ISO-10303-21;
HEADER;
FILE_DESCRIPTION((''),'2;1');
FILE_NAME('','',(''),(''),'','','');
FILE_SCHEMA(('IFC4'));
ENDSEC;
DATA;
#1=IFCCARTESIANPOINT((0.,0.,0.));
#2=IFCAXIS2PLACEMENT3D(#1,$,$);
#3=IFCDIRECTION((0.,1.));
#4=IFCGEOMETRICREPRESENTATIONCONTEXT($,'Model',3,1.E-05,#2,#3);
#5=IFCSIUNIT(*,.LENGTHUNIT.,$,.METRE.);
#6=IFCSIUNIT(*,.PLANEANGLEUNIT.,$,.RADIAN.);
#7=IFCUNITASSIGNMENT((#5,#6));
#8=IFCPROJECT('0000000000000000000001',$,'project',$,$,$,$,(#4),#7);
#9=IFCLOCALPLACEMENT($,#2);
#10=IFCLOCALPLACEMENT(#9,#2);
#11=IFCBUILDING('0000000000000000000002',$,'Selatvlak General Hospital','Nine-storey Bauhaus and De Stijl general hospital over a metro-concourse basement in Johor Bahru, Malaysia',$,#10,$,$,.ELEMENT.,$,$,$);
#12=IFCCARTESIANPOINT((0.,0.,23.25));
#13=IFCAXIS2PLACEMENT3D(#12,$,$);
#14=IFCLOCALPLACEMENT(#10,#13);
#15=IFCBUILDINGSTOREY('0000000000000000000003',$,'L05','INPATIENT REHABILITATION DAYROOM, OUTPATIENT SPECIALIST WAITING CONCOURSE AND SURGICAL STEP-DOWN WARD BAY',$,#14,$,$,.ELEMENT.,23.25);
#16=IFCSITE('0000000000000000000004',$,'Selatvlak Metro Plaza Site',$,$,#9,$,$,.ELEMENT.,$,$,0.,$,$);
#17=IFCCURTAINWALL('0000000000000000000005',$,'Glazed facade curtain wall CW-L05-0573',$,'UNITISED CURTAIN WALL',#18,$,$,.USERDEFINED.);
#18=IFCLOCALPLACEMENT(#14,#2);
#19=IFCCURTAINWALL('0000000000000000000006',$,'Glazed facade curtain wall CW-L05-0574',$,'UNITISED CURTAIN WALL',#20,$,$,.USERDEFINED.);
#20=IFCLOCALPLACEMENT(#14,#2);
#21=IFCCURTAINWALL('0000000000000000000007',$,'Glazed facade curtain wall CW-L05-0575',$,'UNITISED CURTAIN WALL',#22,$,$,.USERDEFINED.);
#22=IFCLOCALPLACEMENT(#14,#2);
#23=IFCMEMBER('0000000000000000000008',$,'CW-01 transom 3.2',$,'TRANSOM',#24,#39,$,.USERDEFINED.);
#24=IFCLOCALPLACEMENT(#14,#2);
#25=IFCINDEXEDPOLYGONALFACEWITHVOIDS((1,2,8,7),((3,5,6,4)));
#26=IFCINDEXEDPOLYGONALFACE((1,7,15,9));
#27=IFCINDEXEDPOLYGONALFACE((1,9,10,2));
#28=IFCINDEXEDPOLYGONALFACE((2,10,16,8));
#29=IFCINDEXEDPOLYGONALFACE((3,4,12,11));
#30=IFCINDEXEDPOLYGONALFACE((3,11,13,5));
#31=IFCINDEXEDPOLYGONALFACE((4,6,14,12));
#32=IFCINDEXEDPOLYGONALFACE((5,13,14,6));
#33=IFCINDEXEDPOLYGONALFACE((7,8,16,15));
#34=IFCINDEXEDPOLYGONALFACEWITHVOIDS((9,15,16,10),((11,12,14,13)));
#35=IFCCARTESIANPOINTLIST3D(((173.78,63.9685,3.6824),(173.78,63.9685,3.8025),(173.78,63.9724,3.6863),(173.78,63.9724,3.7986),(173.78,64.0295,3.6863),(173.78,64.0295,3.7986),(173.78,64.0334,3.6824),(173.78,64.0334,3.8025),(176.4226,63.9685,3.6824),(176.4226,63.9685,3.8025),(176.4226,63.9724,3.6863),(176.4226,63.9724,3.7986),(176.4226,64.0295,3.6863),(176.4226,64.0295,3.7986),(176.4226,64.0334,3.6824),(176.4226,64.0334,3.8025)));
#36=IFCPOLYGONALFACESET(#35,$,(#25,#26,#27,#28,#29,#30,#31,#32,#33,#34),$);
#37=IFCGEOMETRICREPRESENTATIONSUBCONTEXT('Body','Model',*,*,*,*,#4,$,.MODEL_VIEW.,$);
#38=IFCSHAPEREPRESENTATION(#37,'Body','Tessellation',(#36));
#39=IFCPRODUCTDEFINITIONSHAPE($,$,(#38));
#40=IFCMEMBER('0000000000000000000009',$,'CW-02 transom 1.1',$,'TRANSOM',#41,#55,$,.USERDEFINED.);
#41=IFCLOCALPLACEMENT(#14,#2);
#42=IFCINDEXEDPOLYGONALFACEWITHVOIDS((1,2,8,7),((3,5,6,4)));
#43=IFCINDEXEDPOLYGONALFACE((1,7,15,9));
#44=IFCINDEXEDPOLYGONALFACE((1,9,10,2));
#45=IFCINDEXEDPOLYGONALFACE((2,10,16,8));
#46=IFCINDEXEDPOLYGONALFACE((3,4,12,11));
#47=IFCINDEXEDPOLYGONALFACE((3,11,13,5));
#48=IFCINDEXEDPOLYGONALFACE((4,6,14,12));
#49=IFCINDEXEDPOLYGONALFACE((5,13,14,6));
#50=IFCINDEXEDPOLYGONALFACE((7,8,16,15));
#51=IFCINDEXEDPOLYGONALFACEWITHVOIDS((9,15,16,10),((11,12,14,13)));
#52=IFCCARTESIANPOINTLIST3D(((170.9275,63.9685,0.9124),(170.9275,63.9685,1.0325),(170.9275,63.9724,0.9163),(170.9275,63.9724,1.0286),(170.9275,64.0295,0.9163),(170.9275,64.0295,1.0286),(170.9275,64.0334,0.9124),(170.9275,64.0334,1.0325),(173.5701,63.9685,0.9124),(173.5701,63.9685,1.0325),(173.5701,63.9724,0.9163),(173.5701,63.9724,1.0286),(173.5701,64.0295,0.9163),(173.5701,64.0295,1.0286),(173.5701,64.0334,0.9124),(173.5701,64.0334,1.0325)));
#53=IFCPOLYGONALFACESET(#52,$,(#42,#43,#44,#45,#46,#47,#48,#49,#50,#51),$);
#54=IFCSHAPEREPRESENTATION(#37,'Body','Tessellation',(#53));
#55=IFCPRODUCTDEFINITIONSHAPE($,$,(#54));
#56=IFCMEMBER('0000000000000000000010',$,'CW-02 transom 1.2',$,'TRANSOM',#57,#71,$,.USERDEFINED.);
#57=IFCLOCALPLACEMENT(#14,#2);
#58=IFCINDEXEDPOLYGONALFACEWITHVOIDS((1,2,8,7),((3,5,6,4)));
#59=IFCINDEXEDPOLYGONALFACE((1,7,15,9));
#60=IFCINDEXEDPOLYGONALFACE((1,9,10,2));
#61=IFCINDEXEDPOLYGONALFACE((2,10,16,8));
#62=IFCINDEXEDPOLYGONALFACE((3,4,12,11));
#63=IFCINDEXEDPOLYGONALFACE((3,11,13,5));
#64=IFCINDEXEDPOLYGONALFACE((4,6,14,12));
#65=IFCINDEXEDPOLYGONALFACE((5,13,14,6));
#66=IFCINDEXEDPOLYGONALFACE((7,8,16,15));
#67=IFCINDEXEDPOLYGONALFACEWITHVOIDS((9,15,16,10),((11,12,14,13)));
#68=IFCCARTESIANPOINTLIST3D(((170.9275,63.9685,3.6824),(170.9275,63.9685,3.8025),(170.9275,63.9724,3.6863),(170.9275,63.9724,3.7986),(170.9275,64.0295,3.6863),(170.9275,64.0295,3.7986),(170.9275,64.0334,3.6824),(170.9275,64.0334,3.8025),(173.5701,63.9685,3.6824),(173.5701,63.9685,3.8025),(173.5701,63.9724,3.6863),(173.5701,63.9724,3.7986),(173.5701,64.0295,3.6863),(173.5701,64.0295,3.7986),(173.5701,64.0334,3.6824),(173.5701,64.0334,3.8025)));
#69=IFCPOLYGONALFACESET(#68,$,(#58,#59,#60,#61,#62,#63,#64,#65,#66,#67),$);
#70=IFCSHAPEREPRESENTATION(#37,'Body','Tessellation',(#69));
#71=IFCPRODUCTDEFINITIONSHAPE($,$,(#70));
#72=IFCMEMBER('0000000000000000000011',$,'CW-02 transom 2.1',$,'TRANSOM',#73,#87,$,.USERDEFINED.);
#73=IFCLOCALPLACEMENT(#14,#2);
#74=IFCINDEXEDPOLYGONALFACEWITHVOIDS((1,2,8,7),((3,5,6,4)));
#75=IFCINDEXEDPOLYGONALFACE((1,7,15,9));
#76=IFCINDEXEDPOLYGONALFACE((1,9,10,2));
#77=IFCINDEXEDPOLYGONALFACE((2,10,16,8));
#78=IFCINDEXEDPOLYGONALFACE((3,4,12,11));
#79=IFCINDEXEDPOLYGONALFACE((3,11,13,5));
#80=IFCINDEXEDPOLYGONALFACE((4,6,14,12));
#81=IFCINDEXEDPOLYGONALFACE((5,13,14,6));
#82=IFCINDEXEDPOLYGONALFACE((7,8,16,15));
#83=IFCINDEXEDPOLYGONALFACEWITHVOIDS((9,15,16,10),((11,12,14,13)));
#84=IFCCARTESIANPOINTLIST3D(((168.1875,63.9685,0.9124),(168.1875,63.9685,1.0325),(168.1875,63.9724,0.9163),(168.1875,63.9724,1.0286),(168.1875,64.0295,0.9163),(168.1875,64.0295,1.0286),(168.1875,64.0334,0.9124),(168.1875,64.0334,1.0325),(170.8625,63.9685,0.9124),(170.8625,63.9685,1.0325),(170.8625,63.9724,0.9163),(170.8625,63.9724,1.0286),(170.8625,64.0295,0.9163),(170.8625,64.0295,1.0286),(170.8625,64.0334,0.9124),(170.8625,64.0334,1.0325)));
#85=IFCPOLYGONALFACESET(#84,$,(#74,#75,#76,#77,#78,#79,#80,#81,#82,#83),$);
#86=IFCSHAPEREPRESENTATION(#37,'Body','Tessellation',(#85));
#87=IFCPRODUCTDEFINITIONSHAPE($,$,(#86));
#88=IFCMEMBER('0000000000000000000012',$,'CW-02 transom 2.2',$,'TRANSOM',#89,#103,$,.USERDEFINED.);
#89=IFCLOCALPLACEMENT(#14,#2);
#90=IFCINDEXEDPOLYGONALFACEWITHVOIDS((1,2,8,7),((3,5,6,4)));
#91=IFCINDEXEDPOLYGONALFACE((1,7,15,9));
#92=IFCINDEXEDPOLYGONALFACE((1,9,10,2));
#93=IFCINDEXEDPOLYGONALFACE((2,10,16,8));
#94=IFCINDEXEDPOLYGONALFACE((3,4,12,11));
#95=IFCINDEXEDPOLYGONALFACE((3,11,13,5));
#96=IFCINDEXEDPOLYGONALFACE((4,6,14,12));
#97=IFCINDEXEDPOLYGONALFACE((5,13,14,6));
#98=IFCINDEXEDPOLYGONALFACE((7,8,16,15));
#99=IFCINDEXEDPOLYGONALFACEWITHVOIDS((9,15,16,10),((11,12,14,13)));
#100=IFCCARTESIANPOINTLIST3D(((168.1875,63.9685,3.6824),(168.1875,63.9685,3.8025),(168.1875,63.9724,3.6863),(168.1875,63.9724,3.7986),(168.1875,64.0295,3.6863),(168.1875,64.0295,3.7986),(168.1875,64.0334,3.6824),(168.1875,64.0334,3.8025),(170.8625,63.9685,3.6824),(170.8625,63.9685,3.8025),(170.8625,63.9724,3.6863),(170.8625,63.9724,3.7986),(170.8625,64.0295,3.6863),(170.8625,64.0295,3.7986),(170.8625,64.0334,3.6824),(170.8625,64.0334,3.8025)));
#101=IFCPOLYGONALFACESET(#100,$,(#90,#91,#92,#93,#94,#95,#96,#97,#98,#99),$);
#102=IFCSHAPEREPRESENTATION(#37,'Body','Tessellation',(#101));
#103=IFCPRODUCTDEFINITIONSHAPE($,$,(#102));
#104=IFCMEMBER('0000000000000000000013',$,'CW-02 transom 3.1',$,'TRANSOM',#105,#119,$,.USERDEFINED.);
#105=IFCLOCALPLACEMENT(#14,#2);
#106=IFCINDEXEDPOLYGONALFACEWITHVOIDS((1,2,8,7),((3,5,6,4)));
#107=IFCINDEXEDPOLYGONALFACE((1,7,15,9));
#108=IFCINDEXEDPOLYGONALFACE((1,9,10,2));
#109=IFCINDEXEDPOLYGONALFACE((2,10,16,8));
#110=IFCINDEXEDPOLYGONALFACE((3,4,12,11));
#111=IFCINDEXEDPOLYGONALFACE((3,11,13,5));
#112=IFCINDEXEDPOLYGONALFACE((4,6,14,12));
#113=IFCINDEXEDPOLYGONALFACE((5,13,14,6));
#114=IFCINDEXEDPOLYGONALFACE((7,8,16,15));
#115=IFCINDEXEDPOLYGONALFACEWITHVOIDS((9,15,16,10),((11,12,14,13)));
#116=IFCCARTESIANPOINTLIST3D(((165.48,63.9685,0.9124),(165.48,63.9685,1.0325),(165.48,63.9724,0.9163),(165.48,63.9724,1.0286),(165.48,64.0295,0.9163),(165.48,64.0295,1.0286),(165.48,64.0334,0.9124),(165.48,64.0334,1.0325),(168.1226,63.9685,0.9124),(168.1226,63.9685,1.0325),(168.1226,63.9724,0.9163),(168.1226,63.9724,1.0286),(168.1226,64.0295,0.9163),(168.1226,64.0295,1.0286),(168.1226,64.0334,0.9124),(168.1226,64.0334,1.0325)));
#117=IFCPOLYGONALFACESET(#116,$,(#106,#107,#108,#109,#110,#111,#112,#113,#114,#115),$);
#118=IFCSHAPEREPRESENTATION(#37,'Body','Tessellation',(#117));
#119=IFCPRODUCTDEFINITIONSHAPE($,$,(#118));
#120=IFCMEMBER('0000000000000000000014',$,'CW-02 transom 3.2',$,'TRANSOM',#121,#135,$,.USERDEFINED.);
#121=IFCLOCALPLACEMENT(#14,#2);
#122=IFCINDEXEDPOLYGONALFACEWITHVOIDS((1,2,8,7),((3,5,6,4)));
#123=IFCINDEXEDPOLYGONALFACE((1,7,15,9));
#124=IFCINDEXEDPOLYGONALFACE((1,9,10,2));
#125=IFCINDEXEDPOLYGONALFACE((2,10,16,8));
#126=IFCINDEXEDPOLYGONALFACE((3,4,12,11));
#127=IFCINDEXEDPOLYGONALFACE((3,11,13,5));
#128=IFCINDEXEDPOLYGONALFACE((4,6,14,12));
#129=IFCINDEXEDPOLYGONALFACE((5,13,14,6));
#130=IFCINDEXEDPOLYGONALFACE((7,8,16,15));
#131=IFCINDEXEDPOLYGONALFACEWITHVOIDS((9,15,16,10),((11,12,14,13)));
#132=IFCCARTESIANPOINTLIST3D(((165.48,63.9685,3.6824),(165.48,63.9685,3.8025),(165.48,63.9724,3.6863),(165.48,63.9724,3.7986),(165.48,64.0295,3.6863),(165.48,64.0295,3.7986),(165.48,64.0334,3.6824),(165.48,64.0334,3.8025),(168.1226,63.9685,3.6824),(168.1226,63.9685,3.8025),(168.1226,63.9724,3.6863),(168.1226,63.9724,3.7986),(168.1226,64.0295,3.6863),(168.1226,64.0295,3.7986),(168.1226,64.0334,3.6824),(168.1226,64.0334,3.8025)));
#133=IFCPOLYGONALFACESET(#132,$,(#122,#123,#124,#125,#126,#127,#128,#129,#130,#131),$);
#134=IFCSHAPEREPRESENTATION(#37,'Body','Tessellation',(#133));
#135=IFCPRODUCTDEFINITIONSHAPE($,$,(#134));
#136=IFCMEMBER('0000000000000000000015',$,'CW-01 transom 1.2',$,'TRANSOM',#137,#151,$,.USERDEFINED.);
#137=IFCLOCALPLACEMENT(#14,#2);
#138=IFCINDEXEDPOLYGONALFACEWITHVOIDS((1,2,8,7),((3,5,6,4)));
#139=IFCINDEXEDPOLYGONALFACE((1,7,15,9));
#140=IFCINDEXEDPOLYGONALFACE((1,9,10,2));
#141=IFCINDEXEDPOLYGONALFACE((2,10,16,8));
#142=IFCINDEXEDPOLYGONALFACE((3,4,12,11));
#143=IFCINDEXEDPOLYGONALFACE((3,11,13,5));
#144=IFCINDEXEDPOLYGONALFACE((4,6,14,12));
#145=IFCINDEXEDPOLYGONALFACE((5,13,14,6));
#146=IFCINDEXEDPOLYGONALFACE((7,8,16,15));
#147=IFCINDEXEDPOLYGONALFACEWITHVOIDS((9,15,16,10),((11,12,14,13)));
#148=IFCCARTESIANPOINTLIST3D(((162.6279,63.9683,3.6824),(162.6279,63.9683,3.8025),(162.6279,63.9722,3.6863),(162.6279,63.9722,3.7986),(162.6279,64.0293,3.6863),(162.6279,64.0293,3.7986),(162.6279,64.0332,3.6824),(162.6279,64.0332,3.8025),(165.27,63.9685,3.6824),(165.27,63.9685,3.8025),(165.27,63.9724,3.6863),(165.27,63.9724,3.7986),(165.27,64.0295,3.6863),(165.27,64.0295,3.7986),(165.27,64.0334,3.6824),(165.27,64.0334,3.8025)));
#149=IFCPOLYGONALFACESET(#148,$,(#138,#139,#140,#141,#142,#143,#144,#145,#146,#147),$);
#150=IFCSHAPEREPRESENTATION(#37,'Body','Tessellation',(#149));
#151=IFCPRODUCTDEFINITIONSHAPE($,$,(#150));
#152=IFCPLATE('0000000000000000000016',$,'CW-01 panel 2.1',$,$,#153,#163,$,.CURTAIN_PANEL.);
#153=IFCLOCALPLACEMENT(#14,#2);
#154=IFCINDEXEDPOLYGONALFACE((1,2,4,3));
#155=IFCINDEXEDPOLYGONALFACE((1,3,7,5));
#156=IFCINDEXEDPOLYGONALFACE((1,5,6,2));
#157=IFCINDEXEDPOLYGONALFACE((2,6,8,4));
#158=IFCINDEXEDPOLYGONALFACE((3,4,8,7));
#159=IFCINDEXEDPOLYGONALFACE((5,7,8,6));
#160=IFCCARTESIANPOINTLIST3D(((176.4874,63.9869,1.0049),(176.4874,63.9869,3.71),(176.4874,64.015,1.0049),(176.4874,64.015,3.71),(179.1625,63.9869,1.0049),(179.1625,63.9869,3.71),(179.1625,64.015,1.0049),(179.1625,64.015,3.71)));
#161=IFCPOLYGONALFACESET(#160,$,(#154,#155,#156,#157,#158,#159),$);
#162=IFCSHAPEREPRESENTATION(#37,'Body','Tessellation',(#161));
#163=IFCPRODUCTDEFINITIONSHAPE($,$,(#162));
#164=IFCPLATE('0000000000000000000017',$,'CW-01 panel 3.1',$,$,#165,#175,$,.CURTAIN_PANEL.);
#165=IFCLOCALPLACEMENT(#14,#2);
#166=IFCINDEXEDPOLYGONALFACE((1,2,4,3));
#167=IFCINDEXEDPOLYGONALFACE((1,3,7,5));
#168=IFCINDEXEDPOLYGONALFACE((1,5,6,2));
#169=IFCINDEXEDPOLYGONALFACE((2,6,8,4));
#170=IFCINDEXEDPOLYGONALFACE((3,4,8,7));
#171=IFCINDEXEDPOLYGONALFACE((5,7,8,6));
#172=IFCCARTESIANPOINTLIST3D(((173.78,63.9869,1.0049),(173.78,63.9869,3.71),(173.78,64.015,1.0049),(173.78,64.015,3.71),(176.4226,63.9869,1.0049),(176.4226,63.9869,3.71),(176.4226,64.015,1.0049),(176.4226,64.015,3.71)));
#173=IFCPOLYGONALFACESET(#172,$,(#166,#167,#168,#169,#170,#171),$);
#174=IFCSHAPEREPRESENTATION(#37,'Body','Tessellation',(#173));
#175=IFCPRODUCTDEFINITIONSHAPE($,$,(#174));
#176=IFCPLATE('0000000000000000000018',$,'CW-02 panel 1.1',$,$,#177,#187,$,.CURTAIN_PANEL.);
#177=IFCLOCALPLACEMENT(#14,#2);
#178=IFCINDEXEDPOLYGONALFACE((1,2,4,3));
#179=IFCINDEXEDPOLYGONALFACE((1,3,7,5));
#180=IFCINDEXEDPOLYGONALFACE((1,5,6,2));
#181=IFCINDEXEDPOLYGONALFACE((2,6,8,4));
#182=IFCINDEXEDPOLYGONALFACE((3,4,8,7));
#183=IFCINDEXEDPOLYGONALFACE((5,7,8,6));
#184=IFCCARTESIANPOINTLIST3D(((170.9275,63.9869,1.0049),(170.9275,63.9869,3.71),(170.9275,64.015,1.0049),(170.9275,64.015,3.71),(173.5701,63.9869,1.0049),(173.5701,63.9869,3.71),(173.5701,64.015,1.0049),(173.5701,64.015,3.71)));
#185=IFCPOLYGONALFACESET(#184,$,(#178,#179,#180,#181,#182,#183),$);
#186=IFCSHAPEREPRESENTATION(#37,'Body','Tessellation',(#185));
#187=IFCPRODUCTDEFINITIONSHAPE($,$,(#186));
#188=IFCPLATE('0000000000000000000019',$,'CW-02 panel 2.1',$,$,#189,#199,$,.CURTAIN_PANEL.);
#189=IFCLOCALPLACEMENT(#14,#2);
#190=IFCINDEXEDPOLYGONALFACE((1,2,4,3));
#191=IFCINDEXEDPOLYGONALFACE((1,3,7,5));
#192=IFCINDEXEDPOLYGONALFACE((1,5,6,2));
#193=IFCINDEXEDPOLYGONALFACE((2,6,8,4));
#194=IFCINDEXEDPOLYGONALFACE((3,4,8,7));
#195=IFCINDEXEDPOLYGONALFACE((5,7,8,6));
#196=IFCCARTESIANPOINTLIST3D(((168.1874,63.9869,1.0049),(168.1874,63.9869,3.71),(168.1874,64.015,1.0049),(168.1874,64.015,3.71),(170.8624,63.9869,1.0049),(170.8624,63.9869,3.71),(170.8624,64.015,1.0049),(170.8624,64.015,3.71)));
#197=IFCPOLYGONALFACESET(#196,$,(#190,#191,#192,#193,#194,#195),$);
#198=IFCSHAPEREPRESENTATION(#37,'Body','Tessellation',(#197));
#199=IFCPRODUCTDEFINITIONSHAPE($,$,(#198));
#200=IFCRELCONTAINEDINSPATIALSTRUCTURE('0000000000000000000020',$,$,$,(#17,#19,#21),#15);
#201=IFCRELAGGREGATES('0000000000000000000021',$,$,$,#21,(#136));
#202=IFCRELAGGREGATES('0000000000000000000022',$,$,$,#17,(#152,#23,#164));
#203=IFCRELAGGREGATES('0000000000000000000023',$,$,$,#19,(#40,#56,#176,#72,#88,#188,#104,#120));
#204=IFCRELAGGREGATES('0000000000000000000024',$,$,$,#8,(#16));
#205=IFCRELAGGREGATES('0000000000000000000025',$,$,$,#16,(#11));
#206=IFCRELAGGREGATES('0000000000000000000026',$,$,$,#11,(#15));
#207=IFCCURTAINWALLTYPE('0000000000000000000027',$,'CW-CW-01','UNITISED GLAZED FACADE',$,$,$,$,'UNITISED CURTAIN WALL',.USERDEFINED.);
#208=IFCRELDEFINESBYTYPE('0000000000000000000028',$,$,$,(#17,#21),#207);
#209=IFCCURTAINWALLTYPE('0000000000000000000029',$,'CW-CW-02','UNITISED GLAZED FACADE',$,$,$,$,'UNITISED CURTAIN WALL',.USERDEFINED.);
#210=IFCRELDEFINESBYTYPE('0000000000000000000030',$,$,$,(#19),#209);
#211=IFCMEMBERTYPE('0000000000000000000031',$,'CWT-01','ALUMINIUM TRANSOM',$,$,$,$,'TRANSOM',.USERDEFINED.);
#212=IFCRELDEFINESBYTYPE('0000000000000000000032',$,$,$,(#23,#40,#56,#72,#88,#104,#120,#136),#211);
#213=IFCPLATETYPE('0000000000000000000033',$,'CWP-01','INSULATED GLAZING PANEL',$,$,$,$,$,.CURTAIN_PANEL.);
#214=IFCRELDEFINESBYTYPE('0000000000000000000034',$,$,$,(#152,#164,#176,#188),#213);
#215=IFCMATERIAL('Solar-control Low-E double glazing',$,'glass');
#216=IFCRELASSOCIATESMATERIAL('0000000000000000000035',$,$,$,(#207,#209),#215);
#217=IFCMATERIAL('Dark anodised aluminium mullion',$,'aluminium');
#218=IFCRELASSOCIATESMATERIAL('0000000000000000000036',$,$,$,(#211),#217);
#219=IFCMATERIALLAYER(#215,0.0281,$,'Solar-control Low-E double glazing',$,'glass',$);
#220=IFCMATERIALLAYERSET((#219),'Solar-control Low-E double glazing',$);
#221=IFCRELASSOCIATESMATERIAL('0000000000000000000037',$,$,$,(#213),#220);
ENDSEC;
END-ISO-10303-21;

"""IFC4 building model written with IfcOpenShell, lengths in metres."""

from ifc_helpers import new_model, si_unit, direction, frame, origin, origin_2d, place, context, subcontext, project, spatial, rectangle, hollow_rectangle, extrude, material, layer, layer_set, material_profile, profile_set, type_object, element, aggregate, save


model = new_model("IFC4")

# Units and contexts
model_context = context("Model", 3, precision=1e-05, world=origin(), true_north=direction((0.0, 1.0)))
body_context = subcontext(model_context, "Body", "Model", "MODEL_VIEW")
ifc_project = project(units=[si_unit("LENGTHUNIT", "METRE"), si_unit("PLANEANGLEUNIT", "RADIAN")], contexts=[model_context])

# Site, building, storey
site_placement = place(None, origin())
site = spatial("IfcSite", under=ifc_project, at=site_placement, Name="Selatvlak Metro Plaza Site", CompositionType="ELEMENT", RefElevation=0.0)
building_placement = place(site_placement, origin())
building = spatial("IfcBuilding", under=site, at=building_placement, Name="Selatvlak General Hospital", Description="Nine-storey Bauhaus and De Stijl general hospital over a metro-concourse basement in Johor Bahru, Malaysia", CompositionType="ELEMENT")
storey_placement = place(building_placement, frame((0.0, 0.0, 23.25)))
storey = spatial("IfcBuildingStorey", under=building, at=storey_placement, Name="L05", Description="INPATIENT REHABILITATION DAYROOM, OUTPATIENT SPECIALIST WAITING CONCOURSE AND SURGICAL STEP-DOWN WARD BAY", CompositionType="ELEMENT", Elevation=23.25)

# Curtain walls
ifc_material_1 = material(Name="Solar-control Low-E double glazing", Category="glass")
curtain_wall_type_1 = type_object("IfcCurtainWallType", Name="CW-CW-01", Description="UNITISED GLAZED FACADE", ElementType="UNITISED CURTAIN WALL", PredefinedType="USERDEFINED", material=ifc_material_1)
curtain_wall_1_placement = place(storey_placement, origin())
curtain_wall_1 = element("IfcCurtainWall", 1, at=curtain_wall_1_placement, inside=storey, type_object=curtain_wall_type_1, Name="Glazed facade curtain wall CW-L05-0573", ObjectType="UNITISED CURTAIN WALL", PredefinedType="USERDEFINED")
ifc_material_2 = material(Name="Dark anodised aluminium mullion", Category="aluminium")
curtain_wall_type_2 = type_object("IfcCurtainWallType", Name="CW-CW-02", Description="UNITISED GLAZED FACADE", ElementType="UNITISED CURTAIN WALL", PredefinedType="USERDEFINED", material=ifc_material_1)
curtain_wall_2_placement = place(storey_placement, origin())
curtain_wall_2 = element("IfcCurtainWall", 2, at=curtain_wall_2_placement, inside=storey, type_object=curtain_wall_type_2, Name="Glazed facade curtain wall CW-L05-0574", ObjectType="UNITISED CURTAIN WALL", PredefinedType="USERDEFINED")

# Curtain wall
curtain_wall_3_placement = place(storey_placement, origin())
curtain_wall_3 = element("IfcCurtainWall", 3, at=curtain_wall_3_placement, inside=storey, type_object=curtain_wall_type_1, Name="Glazed facade curtain wall CW-L05-0575", ObjectType="UNITISED CURTAIN WALL", PredefinedType="USERDEFINED")

# Members
ifc_material_profile_1 = material_profile(ifc_material_2, hollow_rectangle(XDim=0.0649, YDim=0.1201, WallThickness=0.0039, at=origin_2d()), Name="AL-TRN 65x120x4")
ifc_profile_set_1 = profile_set([ifc_material_profile_1], Name="Dark anodised aluminium mullion")
member_type_1 = type_object("IfcMemberType", Name="CWT-01", Description="ALUMINIUM TRANSOM", ElementType="TRANSOM", PredefinedType="USERDEFINED", material=ifc_profile_set_1)
member_1_placement = place(storey_placement, frame((176.4226, 64.001, 3.7424), z_axis=(-1.0, 0.0, 0.0), x_axis=(0.0, -1.0, 0.0)))
member_1 = element("IfcMember", 4, at=member_1_placement, type_object=member_type_1, Name="CW-01 transom 3.2", ObjectType="TRANSOM", PredefinedType="USERDEFINED", context=body_context, shape_type="SweptSolid", body=[
    extrude(hollow_rectangle(XDim=0.0649, YDim=0.1201, WallThickness=0.0039, at=origin_2d()), origin(), (0.0, 0.0, 1.0), 2.6426),
])
member_2_placement = place(storey_placement, frame((173.5701, 64.001, 0.9724), z_axis=(-1.0, 0.0, 0.0), x_axis=(0.0, -1.0, 0.0)))
member_2 = element("IfcMember", 5, at=member_2_placement, type_object=member_type_1, Name="CW-02 transom 1.1", ObjectType="TRANSOM", PredefinedType="USERDEFINED", context=body_context, shape_type="SweptSolid", body=[
    extrude(hollow_rectangle(XDim=0.0649, YDim=0.1201, WallThickness=0.0039, at=origin_2d()), origin(), (0.0, 0.0, 1.0), 2.6426),
])
member_3_placement = place(storey_placement, frame((173.5701, 64.001, 3.7424), z_axis=(-1.0, 0.0, 0.0), x_axis=(0.0, -1.0, 0.0)))
member_3 = element("IfcMember", 6, at=member_3_placement, type_object=member_type_1, Name="CW-02 transom 1.2", ObjectType="TRANSOM", PredefinedType="USERDEFINED", context=body_context, shape_type="SweptSolid", body=[
    extrude(hollow_rectangle(XDim=0.0649, YDim=0.1201, WallThickness=0.0039, at=origin_2d()), origin(), (0.0, 0.0, 1.0), 2.6426),
])
member_4_placement = place(storey_placement, frame((170.8625, 64.001, 0.9724), z_axis=(-1.0, 0.0, 0.0), x_axis=(0.0, -1.0, 0.0)))
member_4 = element("IfcMember", 7, at=member_4_placement, type_object=member_type_1, Name="CW-02 transom 2.1", ObjectType="TRANSOM", PredefinedType="USERDEFINED", context=body_context, shape_type="SweptSolid", body=[
    extrude(hollow_rectangle(XDim=0.0649, YDim=0.1201, WallThickness=0.0039, at=origin_2d()), origin(), (0.0, 0.0, 1.0), 2.675),
])
member_5_placement = place(storey_placement, frame((170.8625, 64.001, 3.7424), z_axis=(-1.0, 0.0, 0.0), x_axis=(0.0, -1.0, 0.0)))
member_5 = element("IfcMember", 8, at=member_5_placement, type_object=member_type_1, Name="CW-02 transom 2.2", ObjectType="TRANSOM", PredefinedType="USERDEFINED", context=body_context, shape_type="SweptSolid", body=[
    extrude(hollow_rectangle(XDim=0.0649, YDim=0.1201, WallThickness=0.0039, at=origin_2d()), origin(), (0.0, 0.0, 1.0), 2.675),
])
member_6_placement = place(storey_placement, frame((168.1226, 64.001, 0.9724), z_axis=(-1.0, 0.0, 0.0), x_axis=(0.0, -1.0, 0.0)))
member_6 = element("IfcMember", 9, at=member_6_placement, type_object=member_type_1, Name="CW-02 transom 3.1", ObjectType="TRANSOM", PredefinedType="USERDEFINED", context=body_context, shape_type="SweptSolid", body=[
    extrude(hollow_rectangle(XDim=0.0649, YDim=0.1201, WallThickness=0.0039, at=origin_2d()), origin(), (0.0, 0.0, 1.0), 2.6426),
])
member_7_placement = place(storey_placement, frame((168.1226, 64.001, 3.7424), z_axis=(-1.0, 0.0, 0.0), x_axis=(0.0, -1.0, 0.0)))
member_7 = element("IfcMember", 10, at=member_7_placement, type_object=member_type_1, Name="CW-02 transom 3.2", ObjectType="TRANSOM", PredefinedType="USERDEFINED", context=body_context, shape_type="SweptSolid", body=[
    extrude(hollow_rectangle(XDim=0.0649, YDim=0.1201, WallThickness=0.0039, at=origin_2d()), origin(), (0.0, 0.0, 1.0), 2.6426),
])
member_8_placement = place(storey_placement, frame((165.27, 64.001, 3.7424), z_axis=(-1.0, -0.000092, 0.0), x_axis=(0.000092, -1.0, 0.0)))
member_8 = element("IfcMember", 11, at=member_8_placement, type_object=member_type_1, Name="CW-01 transom 1.2", ObjectType="TRANSOM", PredefinedType="USERDEFINED", context=body_context, shape_type="SweptSolid", body=[
    extrude(hollow_rectangle(XDim=0.0649, YDim=0.1201, WallThickness=0.0039, at=origin_2d()), origin(), (0.0, 0.0, 1.0), 2.6421),
])
aggregate(curtain_wall_3, [member_8])

# Plates
ifc_layer_1 = layer(ifc_material_1, 0.0281, Name="Solar-control Low-E double glazing", Category="glass")
ifc_layer_set_1 = layer_set([ifc_layer_1], Name="Solar-control Low-E double glazing")
plate_type = type_object("IfcPlateType", Name="CWP-01", Description="INSULATED GLAZING PANEL", PredefinedType="CURTAIN_PANEL", material=ifc_layer_set_1)
plate_1_placement = place(storey_placement, frame((177.825, 64.001, 1.0049), z_axis=(0.0, 0.0, 1.0), x_axis=(-1.0, 0.0, 0.0)))
plate_1 = element("IfcPlate", 12, at=plate_1_placement, type_object=plate_type, Name="CW-01 panel 2.1", PredefinedType="CURTAIN_PANEL", context=body_context, shape_type="SweptSolid", body=[
    extrude(rectangle(XDim=2.675, YDim=0.0281, at=origin_2d()), origin(), (0.0, 0.0, 1.0), 2.7051),
])
plate_2_placement = place(storey_placement, frame((175.1013, 64.001, 1.0049), z_axis=(0.0, 0.0, 1.0), x_axis=(-1.0, 0.0, 0.0)))
plate_2 = element("IfcPlate", 13, at=plate_2_placement, type_object=plate_type, Name="CW-01 panel 3.1", PredefinedType="CURTAIN_PANEL", context=body_context, shape_type="SweptSolid", body=[
    extrude(rectangle(XDim=2.6426, YDim=0.0281, at=origin_2d()), origin(), (0.0, 0.0, 1.0), 2.7051),
])
aggregate(curtain_wall_1, [plate_1, member_1, plate_2])
plate_3_placement = place(storey_placement, frame((172.2488, 64.001, 1.0049), z_axis=(0.0, 0.0, 1.0), x_axis=(-1.0, 0.0, 0.0)))
plate_3 = element("IfcPlate", 14, at=plate_3_placement, type_object=plate_type, Name="CW-02 panel 1.1", PredefinedType="CURTAIN_PANEL", context=body_context, shape_type="SweptSolid", body=[
    extrude(rectangle(XDim=2.6426, YDim=0.0281, at=origin_2d()), origin(), (0.0, 0.0, 1.0), 2.7051),
])
plate_4_placement = place(storey_placement, frame((169.5249, 64.001, 1.0049), z_axis=(0.0, 0.0, 1.0), x_axis=(-1.0, 0.0, 0.0)))
plate_4 = element("IfcPlate", 15, at=plate_4_placement, type_object=plate_type, Name="CW-02 panel 2.1", PredefinedType="CURTAIN_PANEL", context=body_context, shape_type="SweptSolid", body=[
    extrude(rectangle(XDim=2.675, YDim=0.0281, at=origin_2d()), origin(), (0.0, 0.0, 1.0), 2.7051),
])
aggregate(curtain_wall_2, [member_2, member_3, plate_3, member_4, member_5, plate_4, member_6, member_7])

save(model, "model.ifc")
